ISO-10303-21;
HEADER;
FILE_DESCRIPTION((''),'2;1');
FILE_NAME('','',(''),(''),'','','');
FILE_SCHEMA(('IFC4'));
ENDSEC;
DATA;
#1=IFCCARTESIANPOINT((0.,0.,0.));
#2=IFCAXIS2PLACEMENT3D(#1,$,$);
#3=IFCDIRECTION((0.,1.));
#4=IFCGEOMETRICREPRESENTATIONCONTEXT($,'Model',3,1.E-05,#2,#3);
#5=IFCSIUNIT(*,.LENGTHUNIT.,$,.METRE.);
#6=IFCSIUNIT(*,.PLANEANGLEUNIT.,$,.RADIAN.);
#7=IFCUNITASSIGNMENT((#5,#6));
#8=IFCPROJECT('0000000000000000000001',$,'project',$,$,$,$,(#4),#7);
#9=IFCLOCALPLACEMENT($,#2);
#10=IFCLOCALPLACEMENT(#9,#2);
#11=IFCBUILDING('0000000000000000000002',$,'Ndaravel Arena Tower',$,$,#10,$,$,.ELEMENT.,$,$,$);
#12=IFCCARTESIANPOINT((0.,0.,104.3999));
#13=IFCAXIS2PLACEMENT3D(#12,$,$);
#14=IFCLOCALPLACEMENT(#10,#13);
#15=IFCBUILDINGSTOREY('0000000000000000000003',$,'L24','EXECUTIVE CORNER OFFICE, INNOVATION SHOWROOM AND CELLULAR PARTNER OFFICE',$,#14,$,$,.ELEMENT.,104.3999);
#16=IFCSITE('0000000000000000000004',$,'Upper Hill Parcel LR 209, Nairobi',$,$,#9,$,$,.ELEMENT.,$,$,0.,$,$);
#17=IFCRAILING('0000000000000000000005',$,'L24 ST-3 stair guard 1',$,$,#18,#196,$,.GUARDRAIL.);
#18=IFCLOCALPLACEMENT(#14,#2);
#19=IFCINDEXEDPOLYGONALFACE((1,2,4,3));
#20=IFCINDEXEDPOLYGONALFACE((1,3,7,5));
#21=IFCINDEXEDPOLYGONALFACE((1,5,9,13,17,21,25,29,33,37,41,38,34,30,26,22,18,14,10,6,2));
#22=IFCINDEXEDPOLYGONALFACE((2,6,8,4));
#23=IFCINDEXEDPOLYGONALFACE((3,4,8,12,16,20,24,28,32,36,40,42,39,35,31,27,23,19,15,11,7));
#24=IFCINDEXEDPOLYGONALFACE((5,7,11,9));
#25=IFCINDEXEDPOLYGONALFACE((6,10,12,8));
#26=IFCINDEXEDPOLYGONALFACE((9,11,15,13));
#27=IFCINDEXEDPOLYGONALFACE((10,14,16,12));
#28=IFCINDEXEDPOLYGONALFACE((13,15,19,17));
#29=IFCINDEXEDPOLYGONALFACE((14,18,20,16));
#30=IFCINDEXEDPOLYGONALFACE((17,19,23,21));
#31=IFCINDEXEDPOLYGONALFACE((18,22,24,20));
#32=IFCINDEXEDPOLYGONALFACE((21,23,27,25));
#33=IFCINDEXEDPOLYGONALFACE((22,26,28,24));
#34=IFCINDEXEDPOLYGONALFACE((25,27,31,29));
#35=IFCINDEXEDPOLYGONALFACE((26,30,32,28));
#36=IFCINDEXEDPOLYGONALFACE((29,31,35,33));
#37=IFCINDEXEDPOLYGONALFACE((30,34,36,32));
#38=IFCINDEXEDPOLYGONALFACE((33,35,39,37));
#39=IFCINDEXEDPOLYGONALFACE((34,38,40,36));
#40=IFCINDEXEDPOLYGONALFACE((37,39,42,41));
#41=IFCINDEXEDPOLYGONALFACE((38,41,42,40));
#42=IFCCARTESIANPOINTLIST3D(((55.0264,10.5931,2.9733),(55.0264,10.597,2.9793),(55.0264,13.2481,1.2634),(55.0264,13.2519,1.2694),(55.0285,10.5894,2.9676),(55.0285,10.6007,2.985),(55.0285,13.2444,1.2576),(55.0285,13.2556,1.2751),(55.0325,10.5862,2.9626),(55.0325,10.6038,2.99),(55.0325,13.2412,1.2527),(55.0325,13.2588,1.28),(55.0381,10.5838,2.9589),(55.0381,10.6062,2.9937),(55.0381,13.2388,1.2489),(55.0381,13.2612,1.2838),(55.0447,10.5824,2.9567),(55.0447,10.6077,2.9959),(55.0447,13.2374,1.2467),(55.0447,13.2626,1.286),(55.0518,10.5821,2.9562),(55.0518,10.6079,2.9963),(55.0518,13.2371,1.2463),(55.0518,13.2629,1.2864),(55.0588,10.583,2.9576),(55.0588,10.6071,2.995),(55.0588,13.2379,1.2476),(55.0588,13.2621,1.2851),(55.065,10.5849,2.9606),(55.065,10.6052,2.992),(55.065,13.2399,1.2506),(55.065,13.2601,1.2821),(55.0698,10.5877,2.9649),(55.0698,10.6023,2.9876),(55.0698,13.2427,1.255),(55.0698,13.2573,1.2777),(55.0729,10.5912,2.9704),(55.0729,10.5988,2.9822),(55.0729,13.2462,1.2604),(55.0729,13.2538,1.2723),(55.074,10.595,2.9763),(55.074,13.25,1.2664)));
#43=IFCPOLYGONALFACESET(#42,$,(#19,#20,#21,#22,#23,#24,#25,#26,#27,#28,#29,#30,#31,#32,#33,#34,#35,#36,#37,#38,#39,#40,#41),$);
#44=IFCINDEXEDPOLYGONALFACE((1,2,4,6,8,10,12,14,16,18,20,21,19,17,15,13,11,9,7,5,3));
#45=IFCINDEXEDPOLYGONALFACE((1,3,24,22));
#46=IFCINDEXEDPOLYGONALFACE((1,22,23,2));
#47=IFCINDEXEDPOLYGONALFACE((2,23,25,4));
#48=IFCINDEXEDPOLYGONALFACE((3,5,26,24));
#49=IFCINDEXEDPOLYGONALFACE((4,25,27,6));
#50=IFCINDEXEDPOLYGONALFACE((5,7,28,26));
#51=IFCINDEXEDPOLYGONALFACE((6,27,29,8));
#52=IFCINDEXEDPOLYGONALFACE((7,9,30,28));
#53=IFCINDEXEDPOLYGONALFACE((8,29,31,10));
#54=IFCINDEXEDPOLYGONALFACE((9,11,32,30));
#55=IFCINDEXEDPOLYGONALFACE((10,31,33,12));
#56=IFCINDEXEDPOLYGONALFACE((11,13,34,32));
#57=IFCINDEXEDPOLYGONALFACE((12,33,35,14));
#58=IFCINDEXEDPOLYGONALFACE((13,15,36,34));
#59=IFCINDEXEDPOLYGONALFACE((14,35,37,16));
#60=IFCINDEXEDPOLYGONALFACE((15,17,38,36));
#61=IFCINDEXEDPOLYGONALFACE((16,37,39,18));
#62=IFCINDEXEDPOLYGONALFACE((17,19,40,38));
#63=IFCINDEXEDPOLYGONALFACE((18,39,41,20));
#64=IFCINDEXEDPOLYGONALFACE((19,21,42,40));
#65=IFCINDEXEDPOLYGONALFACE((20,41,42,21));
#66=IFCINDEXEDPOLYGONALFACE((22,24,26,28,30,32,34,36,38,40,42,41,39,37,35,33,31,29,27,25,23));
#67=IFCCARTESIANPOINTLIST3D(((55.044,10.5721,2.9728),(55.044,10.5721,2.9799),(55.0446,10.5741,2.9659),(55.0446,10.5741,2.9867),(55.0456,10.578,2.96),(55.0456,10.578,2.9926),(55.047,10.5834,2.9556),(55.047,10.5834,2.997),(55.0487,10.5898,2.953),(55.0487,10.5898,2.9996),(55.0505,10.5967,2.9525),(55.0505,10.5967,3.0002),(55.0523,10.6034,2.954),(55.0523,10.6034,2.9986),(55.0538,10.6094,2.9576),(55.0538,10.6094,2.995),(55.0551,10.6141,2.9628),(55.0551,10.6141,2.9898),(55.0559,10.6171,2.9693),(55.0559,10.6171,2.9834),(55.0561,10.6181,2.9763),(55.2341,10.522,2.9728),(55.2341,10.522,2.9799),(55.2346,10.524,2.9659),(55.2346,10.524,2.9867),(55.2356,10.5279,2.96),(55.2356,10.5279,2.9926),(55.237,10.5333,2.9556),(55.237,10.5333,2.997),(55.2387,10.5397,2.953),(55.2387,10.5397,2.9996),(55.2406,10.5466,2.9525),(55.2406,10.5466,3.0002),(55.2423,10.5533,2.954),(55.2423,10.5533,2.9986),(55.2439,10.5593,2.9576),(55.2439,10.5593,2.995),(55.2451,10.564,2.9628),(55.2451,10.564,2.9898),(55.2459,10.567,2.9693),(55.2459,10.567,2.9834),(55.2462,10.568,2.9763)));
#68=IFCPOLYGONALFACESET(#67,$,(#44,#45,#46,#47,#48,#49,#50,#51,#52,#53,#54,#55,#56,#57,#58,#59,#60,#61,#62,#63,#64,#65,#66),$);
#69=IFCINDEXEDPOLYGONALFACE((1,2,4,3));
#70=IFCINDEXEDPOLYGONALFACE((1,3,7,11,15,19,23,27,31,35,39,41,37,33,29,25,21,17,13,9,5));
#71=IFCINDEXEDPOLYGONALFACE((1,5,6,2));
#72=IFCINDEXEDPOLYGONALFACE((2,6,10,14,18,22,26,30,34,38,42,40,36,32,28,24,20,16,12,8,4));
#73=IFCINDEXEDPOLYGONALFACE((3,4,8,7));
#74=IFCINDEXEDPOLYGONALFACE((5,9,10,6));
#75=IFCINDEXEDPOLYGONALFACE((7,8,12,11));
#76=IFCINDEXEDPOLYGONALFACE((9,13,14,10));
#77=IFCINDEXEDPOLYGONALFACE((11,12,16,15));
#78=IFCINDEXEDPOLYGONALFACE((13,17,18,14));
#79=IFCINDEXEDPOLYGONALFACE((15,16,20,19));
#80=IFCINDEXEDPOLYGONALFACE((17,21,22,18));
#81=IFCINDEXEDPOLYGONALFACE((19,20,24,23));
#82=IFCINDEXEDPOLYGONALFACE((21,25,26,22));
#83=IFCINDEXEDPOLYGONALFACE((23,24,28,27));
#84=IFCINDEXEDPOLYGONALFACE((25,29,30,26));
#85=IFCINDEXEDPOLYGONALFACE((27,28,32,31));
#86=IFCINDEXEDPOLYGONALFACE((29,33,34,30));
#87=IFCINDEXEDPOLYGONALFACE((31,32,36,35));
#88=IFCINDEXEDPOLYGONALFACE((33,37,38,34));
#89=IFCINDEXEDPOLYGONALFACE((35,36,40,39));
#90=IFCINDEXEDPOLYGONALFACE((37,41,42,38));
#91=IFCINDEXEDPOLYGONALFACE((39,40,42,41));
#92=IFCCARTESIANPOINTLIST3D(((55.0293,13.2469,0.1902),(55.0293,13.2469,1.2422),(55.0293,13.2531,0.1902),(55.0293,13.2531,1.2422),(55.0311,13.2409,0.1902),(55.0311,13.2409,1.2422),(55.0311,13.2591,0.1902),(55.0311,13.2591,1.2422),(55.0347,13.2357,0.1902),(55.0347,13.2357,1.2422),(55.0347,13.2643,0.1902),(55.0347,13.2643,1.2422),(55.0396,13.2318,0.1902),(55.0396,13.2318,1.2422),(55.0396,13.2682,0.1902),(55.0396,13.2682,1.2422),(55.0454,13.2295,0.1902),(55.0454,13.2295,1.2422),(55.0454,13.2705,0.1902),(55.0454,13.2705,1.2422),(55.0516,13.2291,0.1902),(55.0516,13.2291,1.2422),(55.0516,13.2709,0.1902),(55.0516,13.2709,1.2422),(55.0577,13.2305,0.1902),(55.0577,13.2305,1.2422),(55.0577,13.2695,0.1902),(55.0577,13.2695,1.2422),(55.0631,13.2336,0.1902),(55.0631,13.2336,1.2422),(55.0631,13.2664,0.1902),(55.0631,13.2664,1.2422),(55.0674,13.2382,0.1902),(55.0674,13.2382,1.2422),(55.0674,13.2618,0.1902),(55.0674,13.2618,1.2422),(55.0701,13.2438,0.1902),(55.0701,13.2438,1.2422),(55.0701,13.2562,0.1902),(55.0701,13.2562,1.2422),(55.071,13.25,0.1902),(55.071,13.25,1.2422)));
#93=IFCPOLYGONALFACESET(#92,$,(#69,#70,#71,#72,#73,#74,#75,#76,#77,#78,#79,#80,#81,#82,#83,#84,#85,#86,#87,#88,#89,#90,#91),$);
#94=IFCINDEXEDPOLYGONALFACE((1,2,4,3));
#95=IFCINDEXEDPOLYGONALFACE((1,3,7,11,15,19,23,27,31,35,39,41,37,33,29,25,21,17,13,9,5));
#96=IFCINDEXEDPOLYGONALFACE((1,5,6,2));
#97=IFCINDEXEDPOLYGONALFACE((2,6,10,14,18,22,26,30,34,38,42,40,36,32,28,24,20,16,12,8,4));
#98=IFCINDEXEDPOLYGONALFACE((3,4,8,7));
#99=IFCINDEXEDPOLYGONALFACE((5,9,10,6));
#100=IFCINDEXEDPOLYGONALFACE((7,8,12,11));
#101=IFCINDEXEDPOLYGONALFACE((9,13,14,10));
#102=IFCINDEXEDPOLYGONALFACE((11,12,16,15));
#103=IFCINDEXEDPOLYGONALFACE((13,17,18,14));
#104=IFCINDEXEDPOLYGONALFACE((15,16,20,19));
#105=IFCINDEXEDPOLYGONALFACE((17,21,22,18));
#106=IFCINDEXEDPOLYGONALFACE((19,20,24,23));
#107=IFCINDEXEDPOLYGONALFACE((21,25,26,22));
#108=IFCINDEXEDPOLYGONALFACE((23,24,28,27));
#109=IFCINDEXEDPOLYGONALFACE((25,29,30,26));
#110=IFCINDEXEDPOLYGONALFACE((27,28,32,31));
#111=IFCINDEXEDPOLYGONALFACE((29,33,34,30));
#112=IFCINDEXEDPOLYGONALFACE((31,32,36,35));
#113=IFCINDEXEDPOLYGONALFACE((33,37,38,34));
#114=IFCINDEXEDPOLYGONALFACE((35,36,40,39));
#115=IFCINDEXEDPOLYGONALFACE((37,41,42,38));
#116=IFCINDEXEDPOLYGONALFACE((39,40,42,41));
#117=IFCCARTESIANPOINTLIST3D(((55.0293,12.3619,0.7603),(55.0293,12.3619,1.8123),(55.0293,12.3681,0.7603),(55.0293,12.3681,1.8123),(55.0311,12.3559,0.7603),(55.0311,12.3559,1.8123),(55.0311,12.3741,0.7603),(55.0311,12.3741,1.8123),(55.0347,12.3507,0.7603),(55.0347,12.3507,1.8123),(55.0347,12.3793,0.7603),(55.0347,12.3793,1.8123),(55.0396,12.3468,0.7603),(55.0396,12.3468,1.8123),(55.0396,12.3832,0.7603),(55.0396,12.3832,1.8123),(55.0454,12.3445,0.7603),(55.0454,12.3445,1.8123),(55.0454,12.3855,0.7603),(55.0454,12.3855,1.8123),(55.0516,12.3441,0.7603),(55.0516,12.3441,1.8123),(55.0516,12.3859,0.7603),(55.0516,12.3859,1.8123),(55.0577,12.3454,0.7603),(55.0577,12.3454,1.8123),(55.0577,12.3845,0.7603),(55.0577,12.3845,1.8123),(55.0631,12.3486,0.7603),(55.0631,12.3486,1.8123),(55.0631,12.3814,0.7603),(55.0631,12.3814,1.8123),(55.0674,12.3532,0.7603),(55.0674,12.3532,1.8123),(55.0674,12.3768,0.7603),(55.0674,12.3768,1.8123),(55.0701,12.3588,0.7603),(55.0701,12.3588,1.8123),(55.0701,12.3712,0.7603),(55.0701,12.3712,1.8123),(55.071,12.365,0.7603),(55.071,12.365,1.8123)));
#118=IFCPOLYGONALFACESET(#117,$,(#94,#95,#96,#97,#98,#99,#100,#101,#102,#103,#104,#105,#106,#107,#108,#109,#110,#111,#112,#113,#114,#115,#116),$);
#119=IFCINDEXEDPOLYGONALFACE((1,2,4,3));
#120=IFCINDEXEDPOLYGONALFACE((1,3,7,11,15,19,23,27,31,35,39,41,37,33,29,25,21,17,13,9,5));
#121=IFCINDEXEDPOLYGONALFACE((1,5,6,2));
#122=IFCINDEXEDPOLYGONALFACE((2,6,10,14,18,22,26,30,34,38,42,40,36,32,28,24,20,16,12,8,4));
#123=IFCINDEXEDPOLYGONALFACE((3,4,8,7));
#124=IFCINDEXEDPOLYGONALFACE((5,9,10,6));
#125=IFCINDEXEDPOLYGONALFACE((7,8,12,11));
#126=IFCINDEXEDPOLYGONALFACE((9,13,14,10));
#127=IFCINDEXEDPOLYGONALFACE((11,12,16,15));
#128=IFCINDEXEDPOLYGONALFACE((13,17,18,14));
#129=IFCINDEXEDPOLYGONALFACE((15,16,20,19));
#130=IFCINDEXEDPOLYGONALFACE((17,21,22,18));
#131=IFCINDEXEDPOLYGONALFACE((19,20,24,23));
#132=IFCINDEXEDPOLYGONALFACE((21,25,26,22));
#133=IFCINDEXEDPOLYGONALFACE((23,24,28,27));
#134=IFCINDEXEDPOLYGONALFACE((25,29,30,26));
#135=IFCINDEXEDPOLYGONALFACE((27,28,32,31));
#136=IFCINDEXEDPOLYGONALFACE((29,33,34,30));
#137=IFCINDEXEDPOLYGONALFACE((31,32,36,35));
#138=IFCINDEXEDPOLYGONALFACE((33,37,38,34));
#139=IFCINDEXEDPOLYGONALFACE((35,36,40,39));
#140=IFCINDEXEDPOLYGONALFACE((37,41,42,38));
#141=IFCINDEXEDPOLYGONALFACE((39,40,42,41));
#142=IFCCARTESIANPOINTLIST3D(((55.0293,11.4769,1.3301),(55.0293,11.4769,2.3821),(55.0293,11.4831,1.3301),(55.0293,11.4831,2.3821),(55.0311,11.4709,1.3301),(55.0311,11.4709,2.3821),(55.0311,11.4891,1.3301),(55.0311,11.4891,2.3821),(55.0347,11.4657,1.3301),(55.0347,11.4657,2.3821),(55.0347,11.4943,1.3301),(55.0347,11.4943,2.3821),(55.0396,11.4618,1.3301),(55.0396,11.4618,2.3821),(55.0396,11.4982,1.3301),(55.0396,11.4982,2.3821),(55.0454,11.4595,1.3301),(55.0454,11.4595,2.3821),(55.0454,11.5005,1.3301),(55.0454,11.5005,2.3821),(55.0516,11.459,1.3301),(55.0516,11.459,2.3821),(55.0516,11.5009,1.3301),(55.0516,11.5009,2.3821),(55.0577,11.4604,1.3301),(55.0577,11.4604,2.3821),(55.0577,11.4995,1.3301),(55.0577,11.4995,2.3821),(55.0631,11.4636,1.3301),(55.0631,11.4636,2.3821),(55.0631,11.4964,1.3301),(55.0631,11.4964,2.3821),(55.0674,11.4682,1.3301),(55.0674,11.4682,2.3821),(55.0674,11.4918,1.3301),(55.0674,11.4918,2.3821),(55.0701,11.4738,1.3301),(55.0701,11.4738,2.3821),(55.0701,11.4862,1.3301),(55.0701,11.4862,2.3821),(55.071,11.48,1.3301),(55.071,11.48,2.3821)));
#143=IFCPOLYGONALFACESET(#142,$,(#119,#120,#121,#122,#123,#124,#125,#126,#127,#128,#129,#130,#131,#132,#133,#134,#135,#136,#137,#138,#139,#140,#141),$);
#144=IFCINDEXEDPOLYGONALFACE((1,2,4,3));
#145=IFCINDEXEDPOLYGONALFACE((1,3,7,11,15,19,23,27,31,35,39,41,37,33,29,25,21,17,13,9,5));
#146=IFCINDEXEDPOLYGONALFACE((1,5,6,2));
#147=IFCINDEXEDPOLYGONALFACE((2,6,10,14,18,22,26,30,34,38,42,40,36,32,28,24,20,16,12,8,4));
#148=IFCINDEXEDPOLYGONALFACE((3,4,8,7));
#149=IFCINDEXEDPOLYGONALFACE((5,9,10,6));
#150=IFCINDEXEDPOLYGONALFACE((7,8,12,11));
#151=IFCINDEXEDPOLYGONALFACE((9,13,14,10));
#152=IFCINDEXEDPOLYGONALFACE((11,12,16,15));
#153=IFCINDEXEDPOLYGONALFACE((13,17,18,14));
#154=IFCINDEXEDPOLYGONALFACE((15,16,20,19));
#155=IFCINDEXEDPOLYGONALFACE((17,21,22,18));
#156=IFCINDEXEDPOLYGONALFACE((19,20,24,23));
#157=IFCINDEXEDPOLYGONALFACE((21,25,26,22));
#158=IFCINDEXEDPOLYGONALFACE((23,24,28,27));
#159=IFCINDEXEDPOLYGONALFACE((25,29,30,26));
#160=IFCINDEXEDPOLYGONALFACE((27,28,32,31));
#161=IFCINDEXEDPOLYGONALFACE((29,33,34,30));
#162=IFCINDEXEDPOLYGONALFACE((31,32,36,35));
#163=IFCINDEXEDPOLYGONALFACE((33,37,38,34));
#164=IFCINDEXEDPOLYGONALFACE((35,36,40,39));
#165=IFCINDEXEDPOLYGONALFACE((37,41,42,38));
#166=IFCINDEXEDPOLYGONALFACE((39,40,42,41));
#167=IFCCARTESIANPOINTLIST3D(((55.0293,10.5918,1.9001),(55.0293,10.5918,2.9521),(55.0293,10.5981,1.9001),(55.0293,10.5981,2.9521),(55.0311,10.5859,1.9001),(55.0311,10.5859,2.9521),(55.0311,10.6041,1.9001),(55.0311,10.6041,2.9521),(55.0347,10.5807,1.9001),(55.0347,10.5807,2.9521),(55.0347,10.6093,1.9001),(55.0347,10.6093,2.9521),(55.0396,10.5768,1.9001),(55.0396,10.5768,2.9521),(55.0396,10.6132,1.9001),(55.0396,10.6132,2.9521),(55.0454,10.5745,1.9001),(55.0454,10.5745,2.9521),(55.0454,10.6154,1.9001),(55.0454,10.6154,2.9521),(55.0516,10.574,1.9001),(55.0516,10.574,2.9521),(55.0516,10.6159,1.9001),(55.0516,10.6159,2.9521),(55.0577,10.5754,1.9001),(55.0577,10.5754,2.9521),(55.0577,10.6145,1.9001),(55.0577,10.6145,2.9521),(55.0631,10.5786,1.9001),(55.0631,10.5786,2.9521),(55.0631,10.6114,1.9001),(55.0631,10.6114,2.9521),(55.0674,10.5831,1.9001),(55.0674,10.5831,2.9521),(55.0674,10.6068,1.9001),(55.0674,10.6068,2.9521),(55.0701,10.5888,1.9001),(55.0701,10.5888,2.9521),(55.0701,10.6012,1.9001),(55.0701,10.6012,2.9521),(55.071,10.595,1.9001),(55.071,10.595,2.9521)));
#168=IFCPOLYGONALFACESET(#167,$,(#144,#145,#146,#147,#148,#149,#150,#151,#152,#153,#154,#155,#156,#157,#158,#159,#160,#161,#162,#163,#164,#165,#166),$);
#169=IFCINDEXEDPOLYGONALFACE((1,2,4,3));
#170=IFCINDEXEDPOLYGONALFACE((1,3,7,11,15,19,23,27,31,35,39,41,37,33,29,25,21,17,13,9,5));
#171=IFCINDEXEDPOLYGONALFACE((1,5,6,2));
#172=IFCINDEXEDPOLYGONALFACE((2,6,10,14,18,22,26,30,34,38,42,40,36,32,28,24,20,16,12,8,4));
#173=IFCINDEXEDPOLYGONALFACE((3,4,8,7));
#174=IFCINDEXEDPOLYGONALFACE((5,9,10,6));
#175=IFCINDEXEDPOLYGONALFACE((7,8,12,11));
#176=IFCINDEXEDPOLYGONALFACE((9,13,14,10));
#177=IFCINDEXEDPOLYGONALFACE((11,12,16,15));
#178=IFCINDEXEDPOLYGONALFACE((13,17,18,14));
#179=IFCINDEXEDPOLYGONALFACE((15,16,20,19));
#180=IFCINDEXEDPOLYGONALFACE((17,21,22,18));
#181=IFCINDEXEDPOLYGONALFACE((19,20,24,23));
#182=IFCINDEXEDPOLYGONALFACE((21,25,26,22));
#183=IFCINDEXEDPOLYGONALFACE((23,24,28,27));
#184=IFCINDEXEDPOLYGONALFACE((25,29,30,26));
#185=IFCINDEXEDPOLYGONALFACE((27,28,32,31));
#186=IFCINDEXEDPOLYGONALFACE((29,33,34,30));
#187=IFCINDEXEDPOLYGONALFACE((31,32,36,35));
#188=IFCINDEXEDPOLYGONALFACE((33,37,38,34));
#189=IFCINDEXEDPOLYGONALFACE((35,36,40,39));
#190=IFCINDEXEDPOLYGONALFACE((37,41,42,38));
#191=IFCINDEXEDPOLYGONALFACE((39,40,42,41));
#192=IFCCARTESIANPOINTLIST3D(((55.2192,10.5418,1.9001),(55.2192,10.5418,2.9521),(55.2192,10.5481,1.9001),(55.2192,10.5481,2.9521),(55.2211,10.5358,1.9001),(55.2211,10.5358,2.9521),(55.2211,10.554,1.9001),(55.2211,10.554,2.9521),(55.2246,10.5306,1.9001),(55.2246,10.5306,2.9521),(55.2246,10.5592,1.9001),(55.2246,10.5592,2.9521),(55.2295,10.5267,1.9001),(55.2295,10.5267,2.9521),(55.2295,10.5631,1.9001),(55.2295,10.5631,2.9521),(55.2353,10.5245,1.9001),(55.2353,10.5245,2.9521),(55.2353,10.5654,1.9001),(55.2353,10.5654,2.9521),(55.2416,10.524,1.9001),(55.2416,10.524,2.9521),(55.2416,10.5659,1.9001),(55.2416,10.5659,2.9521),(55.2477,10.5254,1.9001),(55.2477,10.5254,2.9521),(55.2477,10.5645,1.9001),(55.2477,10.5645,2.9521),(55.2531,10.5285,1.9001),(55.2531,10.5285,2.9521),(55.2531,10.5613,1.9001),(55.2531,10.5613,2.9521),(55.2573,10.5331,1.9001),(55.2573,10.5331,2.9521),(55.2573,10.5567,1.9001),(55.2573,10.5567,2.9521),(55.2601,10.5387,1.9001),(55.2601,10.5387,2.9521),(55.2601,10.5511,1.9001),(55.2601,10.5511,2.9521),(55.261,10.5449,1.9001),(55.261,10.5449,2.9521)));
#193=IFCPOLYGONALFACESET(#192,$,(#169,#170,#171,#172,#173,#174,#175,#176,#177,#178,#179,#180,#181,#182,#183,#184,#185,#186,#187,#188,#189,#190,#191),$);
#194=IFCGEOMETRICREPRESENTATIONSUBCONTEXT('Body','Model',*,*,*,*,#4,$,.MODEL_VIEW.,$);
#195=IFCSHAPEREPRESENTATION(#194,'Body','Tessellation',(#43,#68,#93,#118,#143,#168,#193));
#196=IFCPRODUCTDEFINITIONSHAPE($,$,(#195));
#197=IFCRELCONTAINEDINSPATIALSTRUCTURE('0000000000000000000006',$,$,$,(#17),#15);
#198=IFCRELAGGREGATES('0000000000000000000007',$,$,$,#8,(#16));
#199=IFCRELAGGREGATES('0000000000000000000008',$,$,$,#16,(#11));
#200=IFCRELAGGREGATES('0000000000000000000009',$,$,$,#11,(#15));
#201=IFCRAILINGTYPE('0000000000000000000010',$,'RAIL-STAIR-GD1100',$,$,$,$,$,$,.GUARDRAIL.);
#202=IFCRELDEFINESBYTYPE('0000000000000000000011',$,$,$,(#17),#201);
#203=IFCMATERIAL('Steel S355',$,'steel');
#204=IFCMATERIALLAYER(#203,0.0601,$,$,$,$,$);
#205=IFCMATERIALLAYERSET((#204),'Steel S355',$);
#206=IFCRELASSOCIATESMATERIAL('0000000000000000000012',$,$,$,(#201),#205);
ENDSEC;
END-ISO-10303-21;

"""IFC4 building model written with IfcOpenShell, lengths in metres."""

from ifc_helpers import new_model, si_unit, direction, frame, origin, origin_2d, place, context, subcontext, project, spatial, circle, extrude, material, layer, layer_set, type_object, element, save


model = new_model("IFC4")

# Units and contexts
model_context = context("Model", 3, precision=1e-05, world=origin(), true_north=direction((0.0, 1.0)))
body_context = subcontext(model_context, "Body", "Model", "MODEL_VIEW")
ifc_project = project(units=[si_unit("LENGTHUNIT", "METRE"), si_unit("PLANEANGLEUNIT", "RADIAN")], contexts=[model_context])

# Site, building, storey
site_placement = place(None, origin())
site = spatial("IfcSite", under=ifc_project, at=site_placement, Name="Upper Hill Parcel LR 209, Nairobi", CompositionType="ELEMENT", RefElevation=0.0)
building_placement = place(site_placement, origin())
building = spatial("IfcBuilding", under=site, at=building_placement, Name="Ndaravel Arena Tower", CompositionType="ELEMENT")
storey_placement = place(building_placement, frame((0.0, 0.0, 104.3999)))
storey = spatial("IfcBuildingStorey", under=building, at=storey_placement, Name="L24", Description="EXECUTIVE CORNER OFFICE, INNOVATION SHOWROOM AND CELLULAR PARTNER OFFICE", CompositionType="ELEMENT", Elevation=104.3999)

# Railing
ifc_material_1 = material(Name="Steel S355", Category="steel")
ifc_layer_1 = layer(ifc_material_1, 0.0601)
ifc_layer_set_1 = layer_set([ifc_layer_1], Name="Steel S355")
railing_type_1 = type_object("IfcRailingType", Name="RAIL-STAIR-GD1100", PredefinedType="GUARDRAIL", material=ifc_layer_set_1)
railing_1_placement = place(storey_placement, frame((55.05, 13.25, 0.1902)))
element("IfcRailing", 1, at=railing_1_placement, inside=storey, type_object=railing_type_1, Name="L24 ST-3 stair guard 1", PredefinedType="GUARDRAIL", context=body_context, shape_type="SweptSolid", body=[
    extrude(circle(Radius=0.0239, at=origin_2d()), frame((0.0, 0.0, 1.0762), z_axis=(0.0, -0.840724, 0.541465), x_axis=(1.0, 0.0, 0.0)), (0.0, 0.0, 1.0), 3.158),
    extrude(circle(Radius=0.0239, at=origin_2d()), frame((0.0, -2.655, 2.7861), z_axis=(0.966994, -0.254799, 0.0), x_axis=(0.254799, 0.966994, 0.0)), (0.0, 0.0, 1.0), 0.1965),
    extrude(circle(Radius=0.021, at=origin_2d()), origin(), (0.0, 0.0, 1.0), 1.052),
    extrude(circle(Radius=0.021, at=origin_2d()), frame((0.0, -0.885, 0.5701)), (0.0, 0.0, 1.0), 1.052),
    extrude(circle(Radius=0.021, at=origin_2d()), frame((0.0, -1.77, 1.1399)), (0.0, 0.0, 1.0), 1.052),
    extrude(circle(Radius=0.021, at=origin_2d()), frame((0.0, -2.655, 1.71)), (0.0, 0.0, 1.0), 1.052),
    extrude(circle(Radius=0.021, at=origin_2d()), frame((0.1899, -2.7051, 1.71)), (0.0, 0.0, 1.0), 1.052),
])

save(model, "model.ifc")
